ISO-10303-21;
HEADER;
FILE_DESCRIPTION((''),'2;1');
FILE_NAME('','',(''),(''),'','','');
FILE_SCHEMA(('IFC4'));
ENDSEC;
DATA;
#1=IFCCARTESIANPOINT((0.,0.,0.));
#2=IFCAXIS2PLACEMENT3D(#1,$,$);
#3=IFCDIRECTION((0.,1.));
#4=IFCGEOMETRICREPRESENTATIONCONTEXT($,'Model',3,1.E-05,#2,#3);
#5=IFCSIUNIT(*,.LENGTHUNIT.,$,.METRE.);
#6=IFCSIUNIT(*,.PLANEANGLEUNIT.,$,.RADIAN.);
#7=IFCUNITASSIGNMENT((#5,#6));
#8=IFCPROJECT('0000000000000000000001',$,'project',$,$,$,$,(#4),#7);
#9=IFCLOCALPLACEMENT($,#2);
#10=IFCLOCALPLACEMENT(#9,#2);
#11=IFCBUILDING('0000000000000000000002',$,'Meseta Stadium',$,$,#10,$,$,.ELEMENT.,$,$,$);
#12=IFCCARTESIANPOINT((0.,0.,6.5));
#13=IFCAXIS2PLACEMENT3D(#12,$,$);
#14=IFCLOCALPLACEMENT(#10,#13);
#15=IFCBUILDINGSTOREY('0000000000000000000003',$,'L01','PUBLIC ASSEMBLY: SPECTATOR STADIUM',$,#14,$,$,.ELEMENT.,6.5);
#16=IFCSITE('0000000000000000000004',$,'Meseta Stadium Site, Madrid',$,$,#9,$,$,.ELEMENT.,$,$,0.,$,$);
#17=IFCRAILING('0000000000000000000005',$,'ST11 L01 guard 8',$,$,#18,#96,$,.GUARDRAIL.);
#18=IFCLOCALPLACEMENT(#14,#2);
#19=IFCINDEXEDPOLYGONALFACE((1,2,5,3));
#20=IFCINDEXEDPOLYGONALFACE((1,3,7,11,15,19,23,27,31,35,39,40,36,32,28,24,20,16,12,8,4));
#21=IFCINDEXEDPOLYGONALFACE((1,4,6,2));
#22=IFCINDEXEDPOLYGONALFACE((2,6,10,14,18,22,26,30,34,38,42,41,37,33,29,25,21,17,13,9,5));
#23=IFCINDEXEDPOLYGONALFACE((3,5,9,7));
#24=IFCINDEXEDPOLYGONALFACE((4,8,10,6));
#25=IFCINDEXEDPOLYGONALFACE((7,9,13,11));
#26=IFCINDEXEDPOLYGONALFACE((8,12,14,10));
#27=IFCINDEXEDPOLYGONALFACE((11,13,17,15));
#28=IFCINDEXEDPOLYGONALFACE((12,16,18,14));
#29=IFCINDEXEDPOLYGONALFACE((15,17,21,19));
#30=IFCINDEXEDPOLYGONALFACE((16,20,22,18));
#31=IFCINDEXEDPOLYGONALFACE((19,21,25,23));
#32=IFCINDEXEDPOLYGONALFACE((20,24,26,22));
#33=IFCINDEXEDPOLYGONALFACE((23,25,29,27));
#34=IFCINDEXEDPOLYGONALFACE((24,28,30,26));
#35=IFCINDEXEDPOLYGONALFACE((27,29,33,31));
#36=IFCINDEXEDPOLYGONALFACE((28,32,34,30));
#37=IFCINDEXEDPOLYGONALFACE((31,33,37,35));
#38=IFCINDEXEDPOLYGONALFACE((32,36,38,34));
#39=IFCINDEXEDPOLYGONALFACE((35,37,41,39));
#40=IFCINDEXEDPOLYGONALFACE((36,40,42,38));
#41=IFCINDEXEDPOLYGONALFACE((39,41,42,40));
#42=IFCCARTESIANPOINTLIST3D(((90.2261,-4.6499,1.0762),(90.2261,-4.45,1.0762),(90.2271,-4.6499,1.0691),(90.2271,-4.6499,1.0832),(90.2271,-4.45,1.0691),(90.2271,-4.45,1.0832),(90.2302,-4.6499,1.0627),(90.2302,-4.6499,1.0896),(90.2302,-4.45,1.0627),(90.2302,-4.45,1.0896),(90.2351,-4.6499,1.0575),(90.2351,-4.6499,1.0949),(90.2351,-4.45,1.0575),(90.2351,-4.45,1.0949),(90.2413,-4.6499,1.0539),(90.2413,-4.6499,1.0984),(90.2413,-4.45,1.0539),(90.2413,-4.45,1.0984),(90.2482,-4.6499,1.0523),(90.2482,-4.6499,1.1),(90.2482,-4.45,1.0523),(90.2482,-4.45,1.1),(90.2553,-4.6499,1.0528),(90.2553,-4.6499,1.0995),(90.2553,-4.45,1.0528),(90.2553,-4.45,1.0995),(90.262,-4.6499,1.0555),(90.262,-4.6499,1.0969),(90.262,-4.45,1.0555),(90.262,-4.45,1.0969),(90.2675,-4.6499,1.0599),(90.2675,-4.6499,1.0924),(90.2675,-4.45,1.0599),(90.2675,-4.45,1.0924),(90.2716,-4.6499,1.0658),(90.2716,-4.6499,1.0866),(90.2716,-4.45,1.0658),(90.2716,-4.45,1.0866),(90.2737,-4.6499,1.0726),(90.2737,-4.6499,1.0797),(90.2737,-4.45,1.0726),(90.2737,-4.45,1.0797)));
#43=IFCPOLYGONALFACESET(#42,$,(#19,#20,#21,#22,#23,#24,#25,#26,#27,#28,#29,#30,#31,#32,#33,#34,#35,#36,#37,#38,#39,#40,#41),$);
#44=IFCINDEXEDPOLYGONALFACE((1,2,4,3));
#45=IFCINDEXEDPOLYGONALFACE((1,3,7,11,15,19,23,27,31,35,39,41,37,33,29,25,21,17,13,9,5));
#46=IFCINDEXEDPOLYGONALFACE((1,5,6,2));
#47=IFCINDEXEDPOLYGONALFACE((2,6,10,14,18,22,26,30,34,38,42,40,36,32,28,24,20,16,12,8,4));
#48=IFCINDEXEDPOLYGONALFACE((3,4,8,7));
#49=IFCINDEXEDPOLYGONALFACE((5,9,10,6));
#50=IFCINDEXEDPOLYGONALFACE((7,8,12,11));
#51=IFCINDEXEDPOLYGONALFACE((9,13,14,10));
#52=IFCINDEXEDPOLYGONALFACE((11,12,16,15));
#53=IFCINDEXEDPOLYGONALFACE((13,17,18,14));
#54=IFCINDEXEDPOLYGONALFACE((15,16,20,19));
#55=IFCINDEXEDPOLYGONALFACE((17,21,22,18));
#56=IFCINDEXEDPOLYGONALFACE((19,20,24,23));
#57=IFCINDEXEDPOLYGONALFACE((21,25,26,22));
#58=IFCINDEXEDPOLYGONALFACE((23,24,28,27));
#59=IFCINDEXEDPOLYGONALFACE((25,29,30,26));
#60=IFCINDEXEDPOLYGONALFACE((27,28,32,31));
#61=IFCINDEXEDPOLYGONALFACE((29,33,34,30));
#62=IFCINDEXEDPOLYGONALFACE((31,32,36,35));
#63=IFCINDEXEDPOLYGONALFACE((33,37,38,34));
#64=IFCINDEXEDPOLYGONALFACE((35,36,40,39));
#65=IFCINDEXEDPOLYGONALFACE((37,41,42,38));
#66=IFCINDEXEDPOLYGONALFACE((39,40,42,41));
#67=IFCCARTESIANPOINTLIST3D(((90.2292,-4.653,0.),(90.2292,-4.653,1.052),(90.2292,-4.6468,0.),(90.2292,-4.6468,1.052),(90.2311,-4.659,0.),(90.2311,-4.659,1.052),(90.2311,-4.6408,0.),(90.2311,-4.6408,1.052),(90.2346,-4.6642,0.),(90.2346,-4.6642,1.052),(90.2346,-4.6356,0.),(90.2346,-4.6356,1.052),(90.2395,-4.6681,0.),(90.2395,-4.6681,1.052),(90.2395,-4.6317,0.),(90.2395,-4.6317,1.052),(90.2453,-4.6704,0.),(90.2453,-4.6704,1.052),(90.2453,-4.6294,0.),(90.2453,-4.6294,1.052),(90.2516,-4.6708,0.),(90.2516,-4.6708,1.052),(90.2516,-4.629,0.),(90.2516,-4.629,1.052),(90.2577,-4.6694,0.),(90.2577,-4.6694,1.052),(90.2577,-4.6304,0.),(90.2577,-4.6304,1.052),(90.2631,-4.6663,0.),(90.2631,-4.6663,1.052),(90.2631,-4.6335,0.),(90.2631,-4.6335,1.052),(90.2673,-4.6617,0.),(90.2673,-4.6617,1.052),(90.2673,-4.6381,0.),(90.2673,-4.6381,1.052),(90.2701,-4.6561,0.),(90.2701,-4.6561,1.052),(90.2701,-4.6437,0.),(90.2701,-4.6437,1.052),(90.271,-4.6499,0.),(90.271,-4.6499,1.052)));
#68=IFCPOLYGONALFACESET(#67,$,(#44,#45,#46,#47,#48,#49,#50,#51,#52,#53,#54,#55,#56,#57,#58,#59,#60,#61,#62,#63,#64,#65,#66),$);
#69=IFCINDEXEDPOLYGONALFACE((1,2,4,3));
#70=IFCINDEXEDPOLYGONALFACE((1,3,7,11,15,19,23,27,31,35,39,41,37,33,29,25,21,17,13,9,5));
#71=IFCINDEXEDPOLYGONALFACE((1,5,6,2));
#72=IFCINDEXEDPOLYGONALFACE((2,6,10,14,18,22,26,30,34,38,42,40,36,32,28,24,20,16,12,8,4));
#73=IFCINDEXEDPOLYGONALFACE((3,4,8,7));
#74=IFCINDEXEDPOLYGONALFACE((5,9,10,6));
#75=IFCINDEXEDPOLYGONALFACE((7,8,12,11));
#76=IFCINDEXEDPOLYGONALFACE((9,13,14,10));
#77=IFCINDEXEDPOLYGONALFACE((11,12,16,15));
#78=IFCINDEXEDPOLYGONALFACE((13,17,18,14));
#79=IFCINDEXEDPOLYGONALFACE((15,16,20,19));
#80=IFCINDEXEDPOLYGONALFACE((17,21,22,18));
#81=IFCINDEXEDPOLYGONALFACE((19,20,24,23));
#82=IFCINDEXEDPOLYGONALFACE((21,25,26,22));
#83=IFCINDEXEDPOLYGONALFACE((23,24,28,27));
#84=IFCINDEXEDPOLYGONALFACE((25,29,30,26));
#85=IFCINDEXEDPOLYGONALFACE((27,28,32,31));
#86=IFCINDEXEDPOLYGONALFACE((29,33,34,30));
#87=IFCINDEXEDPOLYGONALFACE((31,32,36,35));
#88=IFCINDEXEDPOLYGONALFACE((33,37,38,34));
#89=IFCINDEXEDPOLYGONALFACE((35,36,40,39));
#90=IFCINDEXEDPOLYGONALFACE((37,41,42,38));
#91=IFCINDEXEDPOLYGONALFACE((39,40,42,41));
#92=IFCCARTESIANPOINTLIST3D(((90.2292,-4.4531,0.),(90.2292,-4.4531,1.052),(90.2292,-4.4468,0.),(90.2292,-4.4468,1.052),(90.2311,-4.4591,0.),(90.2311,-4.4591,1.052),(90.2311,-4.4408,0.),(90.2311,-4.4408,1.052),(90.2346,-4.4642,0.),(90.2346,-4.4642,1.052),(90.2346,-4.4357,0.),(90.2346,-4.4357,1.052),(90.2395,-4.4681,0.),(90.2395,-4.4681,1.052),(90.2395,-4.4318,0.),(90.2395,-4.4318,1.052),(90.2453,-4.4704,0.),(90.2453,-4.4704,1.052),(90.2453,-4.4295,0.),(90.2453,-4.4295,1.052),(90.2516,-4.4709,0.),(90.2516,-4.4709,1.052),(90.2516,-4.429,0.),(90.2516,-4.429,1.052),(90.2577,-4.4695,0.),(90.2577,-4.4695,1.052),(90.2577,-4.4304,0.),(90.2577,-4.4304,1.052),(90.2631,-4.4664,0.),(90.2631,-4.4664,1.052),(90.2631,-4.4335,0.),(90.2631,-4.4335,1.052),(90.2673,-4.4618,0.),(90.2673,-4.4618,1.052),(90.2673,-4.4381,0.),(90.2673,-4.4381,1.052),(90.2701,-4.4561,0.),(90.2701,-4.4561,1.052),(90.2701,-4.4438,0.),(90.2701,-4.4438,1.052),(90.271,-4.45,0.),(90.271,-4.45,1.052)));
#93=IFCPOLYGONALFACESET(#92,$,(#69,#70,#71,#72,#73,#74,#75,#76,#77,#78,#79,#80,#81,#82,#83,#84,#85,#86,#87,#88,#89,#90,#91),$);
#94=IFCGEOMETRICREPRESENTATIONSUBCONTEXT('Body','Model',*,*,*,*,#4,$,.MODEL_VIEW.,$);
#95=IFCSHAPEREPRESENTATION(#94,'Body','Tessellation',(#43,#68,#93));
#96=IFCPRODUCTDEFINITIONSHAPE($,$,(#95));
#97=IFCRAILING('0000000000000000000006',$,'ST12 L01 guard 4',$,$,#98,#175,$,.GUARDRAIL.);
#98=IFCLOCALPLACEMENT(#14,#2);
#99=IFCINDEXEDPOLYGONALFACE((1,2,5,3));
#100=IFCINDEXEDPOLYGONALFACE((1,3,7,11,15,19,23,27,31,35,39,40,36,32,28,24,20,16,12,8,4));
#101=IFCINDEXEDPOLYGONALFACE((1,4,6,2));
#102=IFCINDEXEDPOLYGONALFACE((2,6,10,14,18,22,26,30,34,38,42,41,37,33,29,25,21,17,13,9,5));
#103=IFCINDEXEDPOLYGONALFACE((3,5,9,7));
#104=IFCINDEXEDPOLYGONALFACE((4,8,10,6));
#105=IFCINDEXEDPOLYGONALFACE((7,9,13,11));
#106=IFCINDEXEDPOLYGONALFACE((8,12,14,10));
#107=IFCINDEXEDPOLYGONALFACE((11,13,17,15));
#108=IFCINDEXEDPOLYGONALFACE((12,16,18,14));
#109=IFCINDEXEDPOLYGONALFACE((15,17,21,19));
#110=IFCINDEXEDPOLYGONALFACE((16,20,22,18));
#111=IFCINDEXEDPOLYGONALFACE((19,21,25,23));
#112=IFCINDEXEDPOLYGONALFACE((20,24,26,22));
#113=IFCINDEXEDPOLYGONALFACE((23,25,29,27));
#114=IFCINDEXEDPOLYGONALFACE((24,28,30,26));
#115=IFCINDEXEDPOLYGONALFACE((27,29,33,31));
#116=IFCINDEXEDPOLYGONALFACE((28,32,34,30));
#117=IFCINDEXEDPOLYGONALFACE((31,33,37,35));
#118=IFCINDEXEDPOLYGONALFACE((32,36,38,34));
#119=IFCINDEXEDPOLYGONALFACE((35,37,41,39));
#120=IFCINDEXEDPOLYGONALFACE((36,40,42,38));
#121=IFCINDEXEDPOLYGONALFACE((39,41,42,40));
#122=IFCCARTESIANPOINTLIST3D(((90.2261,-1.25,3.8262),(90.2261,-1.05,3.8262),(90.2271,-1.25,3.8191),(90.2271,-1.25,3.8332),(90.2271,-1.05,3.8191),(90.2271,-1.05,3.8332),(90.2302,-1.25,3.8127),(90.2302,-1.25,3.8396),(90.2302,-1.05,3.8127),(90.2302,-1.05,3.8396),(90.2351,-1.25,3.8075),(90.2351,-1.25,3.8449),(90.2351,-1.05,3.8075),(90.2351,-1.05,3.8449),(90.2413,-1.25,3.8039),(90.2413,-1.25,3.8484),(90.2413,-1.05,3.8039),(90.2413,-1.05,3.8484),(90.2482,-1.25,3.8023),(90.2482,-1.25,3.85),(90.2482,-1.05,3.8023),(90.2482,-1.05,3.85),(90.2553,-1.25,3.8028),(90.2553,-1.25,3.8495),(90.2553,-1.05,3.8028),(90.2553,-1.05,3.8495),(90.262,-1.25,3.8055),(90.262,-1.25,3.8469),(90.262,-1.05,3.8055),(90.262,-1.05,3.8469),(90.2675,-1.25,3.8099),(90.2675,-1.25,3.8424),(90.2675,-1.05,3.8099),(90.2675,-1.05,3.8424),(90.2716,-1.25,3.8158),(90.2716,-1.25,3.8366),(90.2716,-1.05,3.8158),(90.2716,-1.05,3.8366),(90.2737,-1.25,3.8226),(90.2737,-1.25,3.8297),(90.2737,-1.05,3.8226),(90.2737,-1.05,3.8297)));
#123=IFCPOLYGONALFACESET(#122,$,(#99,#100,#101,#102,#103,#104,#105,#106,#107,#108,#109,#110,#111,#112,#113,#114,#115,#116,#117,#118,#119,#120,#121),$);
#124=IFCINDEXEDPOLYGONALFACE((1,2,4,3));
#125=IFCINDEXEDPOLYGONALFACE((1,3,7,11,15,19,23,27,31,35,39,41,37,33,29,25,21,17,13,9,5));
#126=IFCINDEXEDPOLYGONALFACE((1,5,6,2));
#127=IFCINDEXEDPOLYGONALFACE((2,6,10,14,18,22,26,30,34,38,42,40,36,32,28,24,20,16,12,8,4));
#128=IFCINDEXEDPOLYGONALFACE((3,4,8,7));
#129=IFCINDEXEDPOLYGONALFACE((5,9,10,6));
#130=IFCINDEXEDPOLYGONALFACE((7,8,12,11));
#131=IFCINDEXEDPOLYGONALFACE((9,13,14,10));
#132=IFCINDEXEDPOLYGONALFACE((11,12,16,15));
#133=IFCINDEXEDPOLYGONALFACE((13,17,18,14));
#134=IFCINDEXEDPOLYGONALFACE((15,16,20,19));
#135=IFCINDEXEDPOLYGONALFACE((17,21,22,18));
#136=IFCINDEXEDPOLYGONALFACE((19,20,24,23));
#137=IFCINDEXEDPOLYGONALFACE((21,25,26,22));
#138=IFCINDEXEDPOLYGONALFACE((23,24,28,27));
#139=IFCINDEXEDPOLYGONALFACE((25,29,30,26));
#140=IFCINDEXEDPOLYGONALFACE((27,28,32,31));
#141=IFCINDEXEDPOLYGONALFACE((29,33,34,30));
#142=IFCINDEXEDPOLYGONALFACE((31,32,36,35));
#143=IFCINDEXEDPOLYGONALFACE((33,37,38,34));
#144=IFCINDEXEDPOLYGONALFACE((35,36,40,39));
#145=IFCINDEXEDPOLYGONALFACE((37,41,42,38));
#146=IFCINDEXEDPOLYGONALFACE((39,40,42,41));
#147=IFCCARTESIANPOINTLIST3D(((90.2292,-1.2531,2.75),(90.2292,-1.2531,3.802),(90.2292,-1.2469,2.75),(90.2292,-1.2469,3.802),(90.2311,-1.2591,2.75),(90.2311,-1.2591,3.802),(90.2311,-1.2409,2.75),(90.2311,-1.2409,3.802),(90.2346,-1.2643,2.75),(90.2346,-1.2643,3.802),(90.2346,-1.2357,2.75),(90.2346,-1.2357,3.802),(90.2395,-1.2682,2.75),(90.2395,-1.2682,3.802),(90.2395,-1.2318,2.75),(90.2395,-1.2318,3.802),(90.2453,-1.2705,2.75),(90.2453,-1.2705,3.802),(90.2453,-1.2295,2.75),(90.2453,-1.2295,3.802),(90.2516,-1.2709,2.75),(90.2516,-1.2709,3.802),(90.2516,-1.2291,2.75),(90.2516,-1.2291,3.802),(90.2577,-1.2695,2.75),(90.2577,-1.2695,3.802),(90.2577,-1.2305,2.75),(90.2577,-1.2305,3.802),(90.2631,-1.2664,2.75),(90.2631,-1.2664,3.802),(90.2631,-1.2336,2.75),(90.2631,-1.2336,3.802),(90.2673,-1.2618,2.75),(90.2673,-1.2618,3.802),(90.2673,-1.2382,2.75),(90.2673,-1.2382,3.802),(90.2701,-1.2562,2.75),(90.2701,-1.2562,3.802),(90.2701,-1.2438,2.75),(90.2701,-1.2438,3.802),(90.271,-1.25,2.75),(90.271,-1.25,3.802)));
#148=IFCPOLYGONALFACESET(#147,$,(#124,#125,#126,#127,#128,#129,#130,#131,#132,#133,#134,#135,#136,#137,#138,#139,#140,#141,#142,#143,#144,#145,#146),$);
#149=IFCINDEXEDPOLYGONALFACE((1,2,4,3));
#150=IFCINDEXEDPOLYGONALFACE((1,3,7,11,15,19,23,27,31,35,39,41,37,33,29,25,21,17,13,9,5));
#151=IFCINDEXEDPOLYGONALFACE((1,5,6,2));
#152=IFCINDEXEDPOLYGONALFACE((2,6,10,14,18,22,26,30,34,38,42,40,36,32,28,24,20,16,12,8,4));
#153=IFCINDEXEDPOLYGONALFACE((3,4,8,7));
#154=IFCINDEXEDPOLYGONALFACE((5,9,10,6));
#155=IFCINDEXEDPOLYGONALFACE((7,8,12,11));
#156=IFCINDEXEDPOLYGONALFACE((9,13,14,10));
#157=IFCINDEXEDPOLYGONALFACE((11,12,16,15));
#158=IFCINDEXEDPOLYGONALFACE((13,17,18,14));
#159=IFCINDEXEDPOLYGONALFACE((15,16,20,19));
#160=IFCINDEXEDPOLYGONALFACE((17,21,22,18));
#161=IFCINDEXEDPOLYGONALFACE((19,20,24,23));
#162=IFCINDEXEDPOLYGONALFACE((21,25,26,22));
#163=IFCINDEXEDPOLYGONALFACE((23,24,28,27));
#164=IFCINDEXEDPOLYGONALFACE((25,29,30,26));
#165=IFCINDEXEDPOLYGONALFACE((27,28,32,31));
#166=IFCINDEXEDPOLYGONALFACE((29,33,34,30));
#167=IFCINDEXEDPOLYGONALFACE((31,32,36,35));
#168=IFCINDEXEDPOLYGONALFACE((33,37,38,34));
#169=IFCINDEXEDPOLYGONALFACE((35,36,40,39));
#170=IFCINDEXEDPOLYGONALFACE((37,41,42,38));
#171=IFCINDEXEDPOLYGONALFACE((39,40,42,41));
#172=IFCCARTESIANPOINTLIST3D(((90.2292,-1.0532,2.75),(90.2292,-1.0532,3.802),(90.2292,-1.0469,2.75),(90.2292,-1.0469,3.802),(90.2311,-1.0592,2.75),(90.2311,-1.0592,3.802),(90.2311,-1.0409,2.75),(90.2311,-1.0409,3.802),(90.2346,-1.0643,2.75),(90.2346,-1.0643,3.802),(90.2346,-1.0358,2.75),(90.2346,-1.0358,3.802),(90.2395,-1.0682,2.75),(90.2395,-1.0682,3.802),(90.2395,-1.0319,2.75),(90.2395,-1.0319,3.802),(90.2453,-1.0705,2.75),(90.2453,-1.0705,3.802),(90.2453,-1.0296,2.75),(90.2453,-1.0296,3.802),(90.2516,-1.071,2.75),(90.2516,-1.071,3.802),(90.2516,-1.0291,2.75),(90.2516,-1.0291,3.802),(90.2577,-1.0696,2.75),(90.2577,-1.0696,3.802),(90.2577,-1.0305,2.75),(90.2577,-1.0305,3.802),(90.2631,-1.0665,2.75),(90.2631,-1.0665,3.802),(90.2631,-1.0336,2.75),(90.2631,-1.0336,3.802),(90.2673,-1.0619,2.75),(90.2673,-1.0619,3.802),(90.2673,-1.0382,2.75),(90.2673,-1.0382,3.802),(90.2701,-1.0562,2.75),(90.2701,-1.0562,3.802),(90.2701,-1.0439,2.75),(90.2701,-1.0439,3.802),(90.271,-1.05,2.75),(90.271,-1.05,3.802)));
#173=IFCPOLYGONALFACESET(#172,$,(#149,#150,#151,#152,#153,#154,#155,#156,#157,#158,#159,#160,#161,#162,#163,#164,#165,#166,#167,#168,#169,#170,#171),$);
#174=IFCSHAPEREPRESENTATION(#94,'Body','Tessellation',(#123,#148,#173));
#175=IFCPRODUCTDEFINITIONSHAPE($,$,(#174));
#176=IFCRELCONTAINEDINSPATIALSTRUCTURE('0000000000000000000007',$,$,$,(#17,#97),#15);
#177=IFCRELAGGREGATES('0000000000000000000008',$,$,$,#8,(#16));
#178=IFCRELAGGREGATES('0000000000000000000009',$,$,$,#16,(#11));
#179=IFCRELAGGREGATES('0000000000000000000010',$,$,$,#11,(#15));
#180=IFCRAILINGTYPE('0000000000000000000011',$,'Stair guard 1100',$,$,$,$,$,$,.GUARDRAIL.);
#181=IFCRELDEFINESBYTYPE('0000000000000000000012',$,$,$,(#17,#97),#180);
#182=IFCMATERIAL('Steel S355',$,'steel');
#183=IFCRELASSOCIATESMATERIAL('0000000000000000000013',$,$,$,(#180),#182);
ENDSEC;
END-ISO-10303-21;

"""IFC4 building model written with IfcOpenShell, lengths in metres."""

from ifc_helpers import new_model, si_unit, direction, frame, origin, origin_2d, place, context, subcontext, project, spatial, circle, extrude, material, type_object, element, save


model = new_model("IFC4")

# Units and contexts
model_context = context("Model", 3, precision=1e-05, world=origin(), true_north=direction((0.0, 1.0)))
body_context = subcontext(model_context, "Body", "Model", "MODEL_VIEW")
ifc_project = project(units=[si_unit("LENGTHUNIT", "METRE"), si_unit("PLANEANGLEUNIT", "RADIAN")], contexts=[model_context])

# Site, building, storey
site_placement = place(None, origin())
site = spatial("IfcSite", under=ifc_project, at=site_placement, Name="Meseta Stadium Site, Madrid", CompositionType="ELEMENT", RefElevation=0.0)
building_placement = place(site_placement, origin())
building = spatial("IfcBuilding", under=site, at=building_placement, Name="Meseta Stadium", CompositionType="ELEMENT")
storey_placement = place(building_placement, frame((0.0, 0.0, 6.5)))
storey = spatial("IfcBuildingStorey", under=building, at=storey_placement, Name="L01", Description="PUBLIC ASSEMBLY: SPECTATOR STADIUM", CompositionType="ELEMENT", Elevation=6.5)

# Railings
ifc_material_1 = material(Name="Steel S355", Category="steel")
railing_type_1 = type_object("IfcRailingType", Name="Stair guard 1100", PredefinedType="GUARDRAIL", material=ifc_material_1)
for number, where, name in (
    (1, (90.25, -4.6499, 0.0), "ST11 L01 guard 8"),
    (2, (90.25, -1.25, 2.75), "ST12 L01 guard 4"),
):
    element("IfcRailing", number, at=place(storey_placement, frame(where)), inside=storey, type_object=railing_type_1, Name=name, PredefinedType="GUARDRAIL", context=body_context, shape_type="SweptSolid", body=[
        extrude(circle(Radius=0.0239, at=origin_2d()), frame((0.0, 0.0, 1.0762), z_axis=(0.0, 1.0, 0.0), x_axis=(-1.0, 0.0, 0.0)), (0.0, 0.0, 1.0), 0.2),
        extrude(circle(Radius=0.021, at=origin_2d()), origin(), (0.0, 0.0, 1.0), 1.052),
        extrude(circle(Radius=0.021, at=origin_2d()), frame((0.0, 0.2, 0.0)), (0.0, 0.0, 1.0), 1.052),
    ])

save(model, "model.ifc")
